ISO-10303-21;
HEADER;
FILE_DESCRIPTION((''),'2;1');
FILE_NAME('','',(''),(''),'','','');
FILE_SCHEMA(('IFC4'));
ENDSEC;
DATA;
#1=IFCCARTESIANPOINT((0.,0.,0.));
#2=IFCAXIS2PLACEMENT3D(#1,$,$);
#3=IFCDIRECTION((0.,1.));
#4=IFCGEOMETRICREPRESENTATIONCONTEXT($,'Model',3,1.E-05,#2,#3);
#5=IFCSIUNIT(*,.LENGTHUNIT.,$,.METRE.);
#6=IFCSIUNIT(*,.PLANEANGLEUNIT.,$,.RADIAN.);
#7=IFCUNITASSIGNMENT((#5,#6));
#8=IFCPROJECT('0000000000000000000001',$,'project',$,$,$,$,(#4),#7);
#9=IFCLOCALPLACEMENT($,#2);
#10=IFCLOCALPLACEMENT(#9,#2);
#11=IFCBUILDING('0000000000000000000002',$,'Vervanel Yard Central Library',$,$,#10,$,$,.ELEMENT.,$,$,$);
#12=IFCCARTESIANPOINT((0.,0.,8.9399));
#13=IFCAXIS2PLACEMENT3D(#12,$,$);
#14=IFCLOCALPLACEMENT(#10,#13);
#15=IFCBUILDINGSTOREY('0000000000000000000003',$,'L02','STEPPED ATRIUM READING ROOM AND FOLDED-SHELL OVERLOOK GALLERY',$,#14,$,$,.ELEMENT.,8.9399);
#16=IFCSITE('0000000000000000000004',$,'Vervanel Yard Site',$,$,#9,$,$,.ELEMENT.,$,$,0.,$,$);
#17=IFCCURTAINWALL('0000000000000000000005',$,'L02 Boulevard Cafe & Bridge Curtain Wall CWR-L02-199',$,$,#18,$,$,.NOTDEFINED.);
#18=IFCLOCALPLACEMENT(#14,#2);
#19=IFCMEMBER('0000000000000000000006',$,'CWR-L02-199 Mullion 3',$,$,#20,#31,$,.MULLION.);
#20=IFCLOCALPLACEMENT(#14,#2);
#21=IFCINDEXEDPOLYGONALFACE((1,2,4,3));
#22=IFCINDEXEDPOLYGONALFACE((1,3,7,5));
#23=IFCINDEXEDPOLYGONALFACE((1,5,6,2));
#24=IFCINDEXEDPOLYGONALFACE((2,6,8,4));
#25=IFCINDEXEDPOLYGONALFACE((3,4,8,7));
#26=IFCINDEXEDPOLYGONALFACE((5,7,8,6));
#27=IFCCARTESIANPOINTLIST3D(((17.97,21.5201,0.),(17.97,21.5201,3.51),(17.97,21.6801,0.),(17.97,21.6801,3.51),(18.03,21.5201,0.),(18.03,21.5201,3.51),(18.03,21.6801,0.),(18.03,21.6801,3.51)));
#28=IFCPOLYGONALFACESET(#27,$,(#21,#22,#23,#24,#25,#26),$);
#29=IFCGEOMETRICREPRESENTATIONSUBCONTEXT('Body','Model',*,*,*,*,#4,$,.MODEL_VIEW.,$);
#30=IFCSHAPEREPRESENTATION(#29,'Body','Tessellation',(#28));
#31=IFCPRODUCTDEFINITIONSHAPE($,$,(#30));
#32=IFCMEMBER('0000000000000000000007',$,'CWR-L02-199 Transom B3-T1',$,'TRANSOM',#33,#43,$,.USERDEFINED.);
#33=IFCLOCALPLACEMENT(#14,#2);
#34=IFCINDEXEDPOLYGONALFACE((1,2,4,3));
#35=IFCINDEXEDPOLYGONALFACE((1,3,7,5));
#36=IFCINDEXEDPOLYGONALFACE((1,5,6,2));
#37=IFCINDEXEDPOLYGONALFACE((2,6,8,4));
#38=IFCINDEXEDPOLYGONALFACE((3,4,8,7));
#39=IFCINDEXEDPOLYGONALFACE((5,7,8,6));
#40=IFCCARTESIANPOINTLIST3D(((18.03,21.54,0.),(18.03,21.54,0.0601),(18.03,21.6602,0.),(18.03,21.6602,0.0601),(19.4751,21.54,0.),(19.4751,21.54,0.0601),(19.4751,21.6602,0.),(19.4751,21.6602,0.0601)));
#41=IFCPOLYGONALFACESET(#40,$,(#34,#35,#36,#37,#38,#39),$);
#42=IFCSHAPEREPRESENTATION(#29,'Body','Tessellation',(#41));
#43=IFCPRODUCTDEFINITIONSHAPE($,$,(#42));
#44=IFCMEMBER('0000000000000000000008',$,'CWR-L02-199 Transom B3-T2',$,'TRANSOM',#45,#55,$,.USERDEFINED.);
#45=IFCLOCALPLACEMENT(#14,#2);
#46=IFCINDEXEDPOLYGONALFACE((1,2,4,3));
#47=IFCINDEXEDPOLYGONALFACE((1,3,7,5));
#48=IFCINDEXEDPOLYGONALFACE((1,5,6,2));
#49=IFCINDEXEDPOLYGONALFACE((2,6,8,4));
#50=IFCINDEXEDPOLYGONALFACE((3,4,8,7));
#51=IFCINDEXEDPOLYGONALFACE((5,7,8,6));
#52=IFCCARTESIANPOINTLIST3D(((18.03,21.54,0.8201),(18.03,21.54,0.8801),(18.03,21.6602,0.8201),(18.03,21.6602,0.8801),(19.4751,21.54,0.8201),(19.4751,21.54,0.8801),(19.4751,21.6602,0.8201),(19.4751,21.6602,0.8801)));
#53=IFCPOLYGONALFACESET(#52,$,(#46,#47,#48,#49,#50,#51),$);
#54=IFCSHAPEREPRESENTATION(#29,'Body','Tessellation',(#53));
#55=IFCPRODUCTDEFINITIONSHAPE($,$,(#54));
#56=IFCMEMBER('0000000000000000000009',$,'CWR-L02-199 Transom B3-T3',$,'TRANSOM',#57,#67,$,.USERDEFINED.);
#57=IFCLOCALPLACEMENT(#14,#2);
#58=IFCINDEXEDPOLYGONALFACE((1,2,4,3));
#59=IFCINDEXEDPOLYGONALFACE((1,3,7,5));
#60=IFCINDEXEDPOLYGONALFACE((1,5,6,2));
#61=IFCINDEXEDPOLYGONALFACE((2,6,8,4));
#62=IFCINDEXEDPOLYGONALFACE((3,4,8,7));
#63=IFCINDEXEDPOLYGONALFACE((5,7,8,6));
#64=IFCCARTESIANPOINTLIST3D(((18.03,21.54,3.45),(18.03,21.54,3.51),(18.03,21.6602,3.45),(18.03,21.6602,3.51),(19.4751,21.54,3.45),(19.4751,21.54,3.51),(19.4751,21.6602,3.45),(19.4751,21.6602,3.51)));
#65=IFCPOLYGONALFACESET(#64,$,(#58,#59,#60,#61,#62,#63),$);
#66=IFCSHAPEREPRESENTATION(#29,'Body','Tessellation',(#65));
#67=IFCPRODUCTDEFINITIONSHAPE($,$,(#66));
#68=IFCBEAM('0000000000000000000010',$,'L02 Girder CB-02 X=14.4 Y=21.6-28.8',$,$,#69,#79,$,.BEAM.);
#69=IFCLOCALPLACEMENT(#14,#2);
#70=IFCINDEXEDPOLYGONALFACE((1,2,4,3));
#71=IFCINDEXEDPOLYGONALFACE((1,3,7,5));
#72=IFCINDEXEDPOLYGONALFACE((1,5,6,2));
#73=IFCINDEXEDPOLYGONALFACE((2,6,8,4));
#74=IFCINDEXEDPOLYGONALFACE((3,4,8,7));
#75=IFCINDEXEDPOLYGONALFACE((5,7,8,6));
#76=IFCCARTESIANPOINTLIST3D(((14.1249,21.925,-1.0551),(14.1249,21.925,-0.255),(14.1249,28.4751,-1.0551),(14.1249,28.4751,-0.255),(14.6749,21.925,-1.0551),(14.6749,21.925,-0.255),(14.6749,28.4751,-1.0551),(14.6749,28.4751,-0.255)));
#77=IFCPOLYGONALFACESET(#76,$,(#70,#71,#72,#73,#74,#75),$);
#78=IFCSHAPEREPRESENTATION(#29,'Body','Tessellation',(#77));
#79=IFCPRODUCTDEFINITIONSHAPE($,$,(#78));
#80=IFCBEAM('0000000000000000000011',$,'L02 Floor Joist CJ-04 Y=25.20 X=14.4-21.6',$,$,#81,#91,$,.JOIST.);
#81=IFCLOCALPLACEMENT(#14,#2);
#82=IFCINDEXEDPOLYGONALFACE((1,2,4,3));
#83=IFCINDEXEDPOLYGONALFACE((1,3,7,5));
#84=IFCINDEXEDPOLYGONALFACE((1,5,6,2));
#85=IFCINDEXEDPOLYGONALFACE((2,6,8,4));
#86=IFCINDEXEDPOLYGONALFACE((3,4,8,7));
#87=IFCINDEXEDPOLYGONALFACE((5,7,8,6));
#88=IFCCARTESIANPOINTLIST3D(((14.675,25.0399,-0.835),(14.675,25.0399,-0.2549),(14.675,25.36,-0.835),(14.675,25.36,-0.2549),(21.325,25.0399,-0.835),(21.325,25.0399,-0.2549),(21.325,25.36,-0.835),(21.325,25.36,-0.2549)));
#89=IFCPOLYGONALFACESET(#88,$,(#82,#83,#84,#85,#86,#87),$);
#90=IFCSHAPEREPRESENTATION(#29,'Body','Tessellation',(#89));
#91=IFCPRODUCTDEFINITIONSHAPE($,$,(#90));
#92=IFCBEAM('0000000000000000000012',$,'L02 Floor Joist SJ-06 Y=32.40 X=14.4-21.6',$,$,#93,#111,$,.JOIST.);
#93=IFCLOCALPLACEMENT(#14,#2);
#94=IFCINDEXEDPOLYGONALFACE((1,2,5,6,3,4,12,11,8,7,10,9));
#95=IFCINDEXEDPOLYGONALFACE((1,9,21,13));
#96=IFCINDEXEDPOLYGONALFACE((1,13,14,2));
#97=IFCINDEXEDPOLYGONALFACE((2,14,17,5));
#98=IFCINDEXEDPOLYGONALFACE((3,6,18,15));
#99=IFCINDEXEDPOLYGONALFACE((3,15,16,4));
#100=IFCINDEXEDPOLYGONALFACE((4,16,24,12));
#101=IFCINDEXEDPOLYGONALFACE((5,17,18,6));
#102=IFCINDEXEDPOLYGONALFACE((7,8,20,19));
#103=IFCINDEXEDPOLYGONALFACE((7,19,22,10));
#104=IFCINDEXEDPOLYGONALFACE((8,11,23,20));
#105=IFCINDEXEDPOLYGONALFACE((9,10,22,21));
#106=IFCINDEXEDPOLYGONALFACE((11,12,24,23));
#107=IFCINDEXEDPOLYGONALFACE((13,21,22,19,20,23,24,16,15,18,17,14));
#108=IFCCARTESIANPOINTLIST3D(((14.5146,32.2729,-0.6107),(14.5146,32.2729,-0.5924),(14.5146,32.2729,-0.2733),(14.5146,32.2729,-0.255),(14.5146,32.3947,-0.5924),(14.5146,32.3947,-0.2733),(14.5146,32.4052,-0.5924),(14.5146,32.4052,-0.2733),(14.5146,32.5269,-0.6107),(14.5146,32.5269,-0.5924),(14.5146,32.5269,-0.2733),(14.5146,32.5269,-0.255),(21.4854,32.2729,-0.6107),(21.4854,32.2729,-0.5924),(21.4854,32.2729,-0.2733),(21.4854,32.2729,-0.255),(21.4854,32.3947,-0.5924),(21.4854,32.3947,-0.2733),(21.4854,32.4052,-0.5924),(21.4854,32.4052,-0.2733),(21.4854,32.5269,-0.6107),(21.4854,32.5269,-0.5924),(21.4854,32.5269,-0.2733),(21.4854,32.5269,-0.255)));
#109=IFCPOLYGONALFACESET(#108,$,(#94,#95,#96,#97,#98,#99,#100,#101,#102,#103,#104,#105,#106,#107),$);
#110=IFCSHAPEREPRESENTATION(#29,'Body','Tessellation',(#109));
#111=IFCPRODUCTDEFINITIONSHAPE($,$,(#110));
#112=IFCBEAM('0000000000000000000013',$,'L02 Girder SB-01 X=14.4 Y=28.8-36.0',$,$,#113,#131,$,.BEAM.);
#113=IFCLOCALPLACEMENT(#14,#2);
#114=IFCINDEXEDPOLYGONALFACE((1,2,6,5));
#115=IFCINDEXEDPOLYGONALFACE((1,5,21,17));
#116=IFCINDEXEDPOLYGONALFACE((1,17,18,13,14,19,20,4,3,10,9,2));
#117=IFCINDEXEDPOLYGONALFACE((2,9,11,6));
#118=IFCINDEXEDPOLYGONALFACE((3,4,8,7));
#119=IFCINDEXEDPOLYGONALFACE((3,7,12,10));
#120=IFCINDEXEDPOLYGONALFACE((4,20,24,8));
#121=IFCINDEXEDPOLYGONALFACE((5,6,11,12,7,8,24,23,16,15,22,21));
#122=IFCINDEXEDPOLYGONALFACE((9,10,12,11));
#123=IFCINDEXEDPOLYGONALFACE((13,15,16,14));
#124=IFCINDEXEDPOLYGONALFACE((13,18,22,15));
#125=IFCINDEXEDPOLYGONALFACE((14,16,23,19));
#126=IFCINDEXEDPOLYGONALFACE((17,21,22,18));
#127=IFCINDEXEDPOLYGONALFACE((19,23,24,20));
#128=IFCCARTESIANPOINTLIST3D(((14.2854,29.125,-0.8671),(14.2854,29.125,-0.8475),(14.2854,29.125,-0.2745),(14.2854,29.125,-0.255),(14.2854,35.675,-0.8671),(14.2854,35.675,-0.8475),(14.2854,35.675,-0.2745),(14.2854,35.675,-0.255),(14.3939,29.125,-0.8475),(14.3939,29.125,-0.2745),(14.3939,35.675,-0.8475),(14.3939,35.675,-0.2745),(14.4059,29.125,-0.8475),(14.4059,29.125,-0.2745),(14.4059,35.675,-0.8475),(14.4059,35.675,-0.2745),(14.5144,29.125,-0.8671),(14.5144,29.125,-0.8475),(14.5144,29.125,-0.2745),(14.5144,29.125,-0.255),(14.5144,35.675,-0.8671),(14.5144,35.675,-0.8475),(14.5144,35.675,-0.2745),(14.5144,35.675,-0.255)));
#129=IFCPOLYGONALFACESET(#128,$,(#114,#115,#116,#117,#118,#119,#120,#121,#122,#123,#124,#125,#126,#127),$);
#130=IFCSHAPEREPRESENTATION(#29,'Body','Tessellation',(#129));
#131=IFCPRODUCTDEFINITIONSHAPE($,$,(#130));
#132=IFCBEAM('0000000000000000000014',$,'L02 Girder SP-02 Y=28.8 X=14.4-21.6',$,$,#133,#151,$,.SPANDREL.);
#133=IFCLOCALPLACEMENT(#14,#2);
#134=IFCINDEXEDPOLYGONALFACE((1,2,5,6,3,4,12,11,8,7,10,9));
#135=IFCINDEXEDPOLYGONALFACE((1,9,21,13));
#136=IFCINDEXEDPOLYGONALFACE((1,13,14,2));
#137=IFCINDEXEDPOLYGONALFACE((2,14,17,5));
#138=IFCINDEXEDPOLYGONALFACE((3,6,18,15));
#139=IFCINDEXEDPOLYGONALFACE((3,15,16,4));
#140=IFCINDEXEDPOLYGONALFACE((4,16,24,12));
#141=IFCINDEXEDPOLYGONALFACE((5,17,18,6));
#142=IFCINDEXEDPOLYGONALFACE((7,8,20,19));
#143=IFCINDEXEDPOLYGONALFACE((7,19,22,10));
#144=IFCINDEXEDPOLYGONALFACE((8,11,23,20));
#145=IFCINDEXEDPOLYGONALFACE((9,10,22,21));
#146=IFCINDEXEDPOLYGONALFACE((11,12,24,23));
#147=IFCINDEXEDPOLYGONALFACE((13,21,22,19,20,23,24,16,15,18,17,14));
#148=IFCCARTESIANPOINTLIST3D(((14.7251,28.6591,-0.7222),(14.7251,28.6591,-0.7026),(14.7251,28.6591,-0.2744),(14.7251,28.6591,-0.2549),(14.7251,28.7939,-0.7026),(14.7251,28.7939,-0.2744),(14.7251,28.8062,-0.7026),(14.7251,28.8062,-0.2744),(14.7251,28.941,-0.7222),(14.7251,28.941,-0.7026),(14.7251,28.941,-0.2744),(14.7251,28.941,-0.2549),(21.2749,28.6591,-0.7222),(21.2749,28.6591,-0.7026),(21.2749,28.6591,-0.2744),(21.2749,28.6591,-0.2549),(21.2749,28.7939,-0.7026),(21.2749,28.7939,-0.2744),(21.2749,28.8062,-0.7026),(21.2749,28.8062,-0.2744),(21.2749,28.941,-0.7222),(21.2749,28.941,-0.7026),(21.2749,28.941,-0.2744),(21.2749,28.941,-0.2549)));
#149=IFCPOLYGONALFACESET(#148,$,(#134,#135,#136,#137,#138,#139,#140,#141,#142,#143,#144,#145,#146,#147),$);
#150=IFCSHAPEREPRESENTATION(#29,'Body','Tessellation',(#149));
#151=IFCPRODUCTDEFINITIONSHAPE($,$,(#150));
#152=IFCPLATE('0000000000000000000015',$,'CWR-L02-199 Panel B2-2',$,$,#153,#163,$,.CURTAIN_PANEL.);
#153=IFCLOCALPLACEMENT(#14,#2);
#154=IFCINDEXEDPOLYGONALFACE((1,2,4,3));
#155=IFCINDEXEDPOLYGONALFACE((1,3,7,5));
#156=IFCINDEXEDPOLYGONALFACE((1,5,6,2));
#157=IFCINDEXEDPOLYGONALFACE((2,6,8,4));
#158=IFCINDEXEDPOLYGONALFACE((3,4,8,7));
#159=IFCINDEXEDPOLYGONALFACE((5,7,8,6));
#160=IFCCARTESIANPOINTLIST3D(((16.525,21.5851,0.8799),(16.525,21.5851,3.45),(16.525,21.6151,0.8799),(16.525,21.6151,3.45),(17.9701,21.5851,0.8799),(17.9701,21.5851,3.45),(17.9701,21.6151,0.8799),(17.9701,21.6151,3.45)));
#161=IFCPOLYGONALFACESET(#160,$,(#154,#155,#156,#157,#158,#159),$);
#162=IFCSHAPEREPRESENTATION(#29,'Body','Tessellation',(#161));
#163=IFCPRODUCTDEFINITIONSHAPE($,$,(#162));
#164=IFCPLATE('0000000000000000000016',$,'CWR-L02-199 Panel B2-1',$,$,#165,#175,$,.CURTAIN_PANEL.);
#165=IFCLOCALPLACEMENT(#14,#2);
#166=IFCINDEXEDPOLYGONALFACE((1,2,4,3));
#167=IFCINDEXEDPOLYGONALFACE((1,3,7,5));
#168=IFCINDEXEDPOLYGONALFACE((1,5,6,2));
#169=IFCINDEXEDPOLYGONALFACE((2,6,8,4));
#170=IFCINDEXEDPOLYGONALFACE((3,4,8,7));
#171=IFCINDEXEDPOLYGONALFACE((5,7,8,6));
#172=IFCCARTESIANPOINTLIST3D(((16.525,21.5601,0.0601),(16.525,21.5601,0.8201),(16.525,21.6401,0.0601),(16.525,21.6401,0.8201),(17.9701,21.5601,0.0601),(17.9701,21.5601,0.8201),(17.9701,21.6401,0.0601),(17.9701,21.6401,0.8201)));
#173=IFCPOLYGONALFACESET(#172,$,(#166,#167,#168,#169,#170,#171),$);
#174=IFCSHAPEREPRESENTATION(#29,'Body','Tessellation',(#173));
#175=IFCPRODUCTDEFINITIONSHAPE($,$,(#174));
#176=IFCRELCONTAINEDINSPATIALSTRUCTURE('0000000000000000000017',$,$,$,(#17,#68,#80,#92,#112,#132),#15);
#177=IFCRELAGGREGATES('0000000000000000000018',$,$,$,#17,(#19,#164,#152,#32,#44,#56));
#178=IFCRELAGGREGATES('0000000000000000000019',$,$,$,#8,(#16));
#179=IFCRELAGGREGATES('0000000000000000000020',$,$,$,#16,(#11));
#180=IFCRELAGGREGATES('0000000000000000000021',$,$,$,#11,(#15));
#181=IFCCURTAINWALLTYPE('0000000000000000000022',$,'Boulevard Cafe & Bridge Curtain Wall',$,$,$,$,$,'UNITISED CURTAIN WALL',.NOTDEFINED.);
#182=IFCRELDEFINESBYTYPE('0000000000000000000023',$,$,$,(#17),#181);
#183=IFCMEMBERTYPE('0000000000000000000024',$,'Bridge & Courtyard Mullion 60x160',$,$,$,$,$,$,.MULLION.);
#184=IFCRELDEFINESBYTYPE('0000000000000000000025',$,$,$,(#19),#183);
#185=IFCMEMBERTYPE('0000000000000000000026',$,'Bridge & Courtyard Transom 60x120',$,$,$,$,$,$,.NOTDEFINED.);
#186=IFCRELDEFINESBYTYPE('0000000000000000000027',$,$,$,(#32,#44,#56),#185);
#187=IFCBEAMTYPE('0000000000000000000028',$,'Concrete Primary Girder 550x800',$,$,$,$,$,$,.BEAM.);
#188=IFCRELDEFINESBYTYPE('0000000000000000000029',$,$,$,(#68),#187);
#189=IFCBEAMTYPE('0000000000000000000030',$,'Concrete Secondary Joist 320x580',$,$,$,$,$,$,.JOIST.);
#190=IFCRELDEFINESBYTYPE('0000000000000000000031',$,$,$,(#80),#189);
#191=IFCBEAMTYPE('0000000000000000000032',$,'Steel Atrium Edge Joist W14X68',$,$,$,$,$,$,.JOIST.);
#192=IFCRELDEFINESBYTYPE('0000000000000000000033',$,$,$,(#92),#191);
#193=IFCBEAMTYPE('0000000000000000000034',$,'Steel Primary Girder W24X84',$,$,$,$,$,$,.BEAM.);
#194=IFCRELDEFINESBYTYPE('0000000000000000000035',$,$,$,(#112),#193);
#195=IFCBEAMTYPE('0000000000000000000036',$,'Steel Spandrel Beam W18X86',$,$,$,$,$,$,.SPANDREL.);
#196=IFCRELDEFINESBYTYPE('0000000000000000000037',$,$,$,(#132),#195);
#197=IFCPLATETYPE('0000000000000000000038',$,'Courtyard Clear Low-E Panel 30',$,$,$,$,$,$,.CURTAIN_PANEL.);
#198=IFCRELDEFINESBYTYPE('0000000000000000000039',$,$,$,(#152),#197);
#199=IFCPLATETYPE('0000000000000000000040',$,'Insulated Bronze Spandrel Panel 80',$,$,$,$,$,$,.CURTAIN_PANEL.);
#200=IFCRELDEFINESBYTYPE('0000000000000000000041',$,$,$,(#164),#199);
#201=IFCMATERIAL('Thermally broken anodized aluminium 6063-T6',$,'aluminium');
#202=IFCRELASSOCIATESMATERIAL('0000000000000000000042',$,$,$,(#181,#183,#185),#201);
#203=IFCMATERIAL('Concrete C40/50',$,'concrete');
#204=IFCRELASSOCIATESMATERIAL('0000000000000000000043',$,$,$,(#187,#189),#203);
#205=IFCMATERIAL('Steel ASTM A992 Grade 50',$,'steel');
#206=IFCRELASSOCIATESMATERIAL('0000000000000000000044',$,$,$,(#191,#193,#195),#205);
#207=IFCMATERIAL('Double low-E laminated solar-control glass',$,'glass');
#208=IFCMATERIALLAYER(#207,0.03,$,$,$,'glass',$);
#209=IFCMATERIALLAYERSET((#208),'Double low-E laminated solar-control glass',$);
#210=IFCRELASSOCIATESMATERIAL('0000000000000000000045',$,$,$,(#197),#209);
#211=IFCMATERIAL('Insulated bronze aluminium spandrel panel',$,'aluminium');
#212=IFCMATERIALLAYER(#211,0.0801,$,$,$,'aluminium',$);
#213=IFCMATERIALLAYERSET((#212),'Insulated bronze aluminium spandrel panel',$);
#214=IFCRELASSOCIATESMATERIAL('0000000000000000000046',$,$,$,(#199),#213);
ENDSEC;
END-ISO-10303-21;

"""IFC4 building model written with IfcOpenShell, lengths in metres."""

from ifc_helpers import new_model, si_unit, direction, frame, origin, origin_2d, place, context, subcontext, project, spatial, rectangle, i_section, extrude, material, layer, layer_set, material_profile, profile_set, type_object, element, aggregate, save


model = new_model("IFC4")

# Units and contexts
model_context = context("Model", 3, precision=1e-05, world=origin(), true_north=direction((0.0, 1.0)))
body_context = subcontext(model_context, "Body", "Model", "MODEL_VIEW")
ifc_project = project(units=[si_unit("LENGTHUNIT", "METRE"), si_unit("PLANEANGLEUNIT", "RADIAN")], contexts=[model_context])

# Site, building, storey
site_placement = place(None, origin())
site = spatial("IfcSite", under=ifc_project, at=site_placement, Name="Vervanel Yard Site", CompositionType="ELEMENT", RefElevation=0.0)
building_placement = place(site_placement, origin())
building = spatial("IfcBuilding", under=site, at=building_placement, Name="Vervanel Yard Central Library", CompositionType="ELEMENT")
storey_placement = place(building_placement, frame((0.0, 0.0, 8.9399)))
storey = spatial("IfcBuildingStorey", under=building, at=storey_placement, Name="L02", Description="STEPPED ATRIUM READING ROOM AND FOLDED-SHELL OVERLOOK GALLERY", CompositionType="ELEMENT", Elevation=8.9399)

# Curtain wall, members
ifc_material_1 = material(Name="Thermally broken anodized aluminium 6063-T6", Category="aluminium")
curtain_wall_type = type_object("IfcCurtainWallType", Name="Boulevard Cafe & Bridge Curtain Wall", ElementType="UNITISED CURTAIN WALL", PredefinedType="NOTDEFINED", material=ifc_material_1)
curtain_wall_placement = place(storey_placement, origin())
curtain_wall = element("IfcCurtainWall", 1, at=curtain_wall_placement, inside=storey, type_object=curtain_wall_type, Name="L02 Boulevard Cafe & Bridge Curtain Wall CWR-L02-199", PredefinedType="NOTDEFINED")
ifc_material_profile_1 = material_profile(ifc_material_1, rectangle(XDim=0.0601, YDim=0.1599, at=origin_2d()), Name="ALU 60x160", Category="aluminium")
ifc_profile_set_1 = profile_set([ifc_material_profile_1], Name="Thermally broken anodized aluminium 6063-T6")
member_type_1 = type_object("IfcMemberType", Name="Bridge & Courtyard Mullion 60x160", PredefinedType="MULLION", material=ifc_profile_set_1)
member_1_placement = place(storey_placement, frame((18.0, 21.6001, 0.0), z_axis=(0.0, 0.0, 1.0), x_axis=(1.0, 0.0, 0.0)))
member_1 = element("IfcMember", 2, at=member_1_placement, type_object=member_type_1, Name="CWR-L02-199 Mullion 3", PredefinedType="MULLION", context=body_context, shape_type="SweptSolid", body=[
    extrude(rectangle(XDim=0.0601, YDim=0.1599, at=origin_2d()), origin(), (0.0, 0.0, 1.0), 3.51),
])
ifc_material_profile_2 = material_profile(ifc_material_1, rectangle(XDim=0.0601, YDim=0.1201, at=origin_2d()), Name="ALU 60x120", Category="aluminium")
ifc_profile_set_2 = profile_set([ifc_material_profile_2], Name="Thermally broken anodized aluminium 6063-T6")
member_type_2 = type_object("IfcMemberType", Name="Bridge & Courtyard Transom 60x120", PredefinedType="NOTDEFINED", material=ifc_profile_set_2)
member_2_placement = place(storey_placement, frame((18.03, 21.6001, 0.03), z_axis=(1.0, 0.0, 0.0), x_axis=(0.0, 0.0, 1.0)))
member_2 = element("IfcMember", 3, at=member_2_placement, type_object=member_type_2, Name="CWR-L02-199 Transom B3-T1", ObjectType="TRANSOM", PredefinedType="USERDEFINED", context=body_context, shape_type="SweptSolid", body=[
    extrude(rectangle(XDim=0.0601, YDim=0.1201, at=origin_2d()), origin(), (0.0, 0.0, 1.0), 1.4451),
])
member_3_placement = place(storey_placement, frame((18.03, 21.6001, 0.8501), z_axis=(1.0, 0.0, 0.0), x_axis=(0.0, 0.0, 1.0)))
member_3 = element("IfcMember", 4, at=member_3_placement, type_object=member_type_2, Name="CWR-L02-199 Transom B3-T2", ObjectType="TRANSOM", PredefinedType="USERDEFINED", context=body_context, shape_type="SweptSolid", body=[
    extrude(rectangle(XDim=0.0601, YDim=0.1201, at=origin_2d()), origin(), (0.0, 0.0, 1.0), 1.4451),
])
member_4_placement = place(storey_placement, frame((18.03, 21.6001, 3.48), z_axis=(1.0, 0.0, 0.0), x_axis=(0.0, 0.0, 1.0)))
member_4 = element("IfcMember", 5, at=member_4_placement, type_object=member_type_2, Name="CWR-L02-199 Transom B3-T3", ObjectType="TRANSOM", PredefinedType="USERDEFINED", context=body_context, shape_type="SweptSolid", body=[
    extrude(rectangle(XDim=0.0601, YDim=0.1201, at=origin_2d()), origin(), (0.0, 0.0, 1.0), 1.4451),
])

# Beams
ifc_material_2 = material(Name="Concrete C40/50", Category="concrete")
ifc_material_profile_3 = material_profile(ifc_material_2, rectangle(XDim=0.55, YDim=0.8, at=origin_2d()), Name="RC 550x800", Category="concrete")
ifc_profile_set_3 = profile_set([ifc_material_profile_3], Name="Concrete C40/50")
beam_type_1 = type_object("IfcBeamType", Name="Concrete Primary Girder 550x800", PredefinedType="BEAM", material=ifc_profile_set_3)
beam_1_placement = place(storey_placement, frame((14.3999, 21.925, -0.655), z_axis=(0.0, 1.0, 0.0), x_axis=(-1.0, 0.0, 0.0)))
element("IfcBeam", 6, at=beam_1_placement, inside=storey, type_object=beam_type_1, Name="L02 Girder CB-02 X=14.4 Y=21.6-28.8", PredefinedType="BEAM", context=body_context, shape_type="SweptSolid", body=[
    extrude(rectangle(XDim=0.55, YDim=0.8, at=origin_2d()), origin(), (0.0, 0.0, 1.0), 6.55),
])
ifc_material_profile_4 = material_profile(ifc_material_2, rectangle(XDim=0.3201, YDim=0.5801, at=origin_2d()), Name="RC 320x580", Category="concrete")
ifc_profile_set_4 = profile_set([ifc_material_profile_4], Name="Concrete C40/50")
beam_type_2 = type_object("IfcBeamType", Name="Concrete Secondary Joist 320x580", PredefinedType="JOIST", material=ifc_profile_set_4)
beam_2_placement = place(storey_placement, frame((14.675, 25.2, -0.5449), z_axis=(1.0, 0.0, 0.0), x_axis=(0.0, 1.0, 0.0)))
element("IfcBeam", 7, at=beam_2_placement, inside=storey, type_object=beam_type_2, Name="L02 Floor Joist CJ-04 Y=25.20 X=14.4-21.6", PredefinedType="JOIST", context=body_context, shape_type="SweptSolid", body=[
    extrude(rectangle(XDim=0.3201, YDim=0.5801, at=origin_2d()), origin(), (0.0, 0.0, 1.0), 6.6499),
])
ifc_material_3 = material(Name="Steel ASTM A992 Grade 50", Category="steel")
ifc_material_profile_5 = material_profile(ifc_material_3, i_section(OverallWidth=0.2539, OverallDepth=0.3557, WebThickness=0.0105, FlangeThickness=0.0183, at=origin_2d()), Name="W14X68", Category="steel")
ifc_profile_set_5 = profile_set([ifc_material_profile_5], Name="Steel ASTM A992 Grade 50")
beam_type_3 = type_object("IfcBeamType", Name="Steel Atrium Edge Joist W14X68", PredefinedType="JOIST", material=ifc_profile_set_5)
beam_3_placement = place(storey_placement, frame((14.5146, 32.3999, -0.4329), z_axis=(1.0, 0.0, 0.0), x_axis=(0.0, 1.0, 0.0)))
element("IfcBeam", 8, at=beam_3_placement, inside=storey, type_object=beam_type_3, Name="L02 Floor Joist SJ-06 Y=32.40 X=14.4-21.6", PredefinedType="JOIST", context=body_context, shape_type="SweptSolid", body=[
    extrude(i_section(OverallWidth=0.2539, OverallDepth=0.3557, WebThickness=0.0105, FlangeThickness=0.0183, at=origin_2d()), origin(), (0.0, 0.0, 1.0), 6.9707),
])
ifc_material_profile_6 = material_profile(ifc_material_3, i_section(OverallWidth=0.229, OverallDepth=0.6121, WebThickness=0.012, FlangeThickness=0.0195, at=origin_2d()), Name="W24X84", Category="steel")
ifc_profile_set_6 = profile_set([ifc_material_profile_6], Name="Steel ASTM A992 Grade 50")
beam_type_4 = type_object("IfcBeamType", Name="Steel Primary Girder W24X84", PredefinedType="BEAM", material=ifc_profile_set_6)
beam_4_placement = place(storey_placement, frame((14.3999, 29.125, -0.561), z_axis=(0.0, 1.0, 0.0), x_axis=(-1.0, 0.0, 0.0)))
element("IfcBeam", 9, at=beam_4_placement, inside=storey, type_object=beam_type_4, Name="L02 Girder SB-01 X=14.4 Y=28.8-36.0", PredefinedType="BEAM", context=body_context, shape_type="SweptSolid", body=[
    extrude(i_section(OverallWidth=0.229, OverallDepth=0.6121, WebThickness=0.012, FlangeThickness=0.0195, at=origin_2d()), origin(), (0.0, 0.0, 1.0), 6.55),
])
ifc_material_profile_7 = material_profile(ifc_material_3, i_section(OverallWidth=0.282, OverallDepth=0.4673, WebThickness=0.0122, FlangeThickness=0.0195, at=origin_2d()), Name="W18X86", Category="steel")
ifc_profile_set_7 = profile_set([ifc_material_profile_7], Name="Steel ASTM A992 Grade 50")
beam_type_5 = type_object("IfcBeamType", Name="Steel Spandrel Beam W18X86", PredefinedType="SPANDREL", material=ifc_profile_set_7)
beam_5_placement = place(storey_placement, frame((14.7251, 28.8, -0.4885), z_axis=(1.0, 0.0, 0.0), x_axis=(0.0, 1.0, 0.0)))
element("IfcBeam", 10, at=beam_5_placement, inside=storey, type_object=beam_type_5, Name="L02 Girder SP-02 Y=28.8 X=14.4-21.6", PredefinedType="SPANDREL", context=body_context, shape_type="SweptSolid", body=[
    extrude(i_section(OverallWidth=0.282, OverallDepth=0.4673, WebThickness=0.0122, FlangeThickness=0.0195, at=origin_2d()), origin(), (0.0, 0.0, 1.0), 6.5498),
])

# Plates
ifc_material_4 = material(Name="Double low-E laminated solar-control glass", Category="glass")
ifc_layer_1 = layer(ifc_material_4, 0.03, Category="glass")
ifc_layer_set_1 = layer_set([ifc_layer_1], Name="Double low-E laminated solar-control glass")
plate_type_1 = type_object("IfcPlateType", Name="Courtyard Clear Low-E Panel 30", PredefinedType="CURTAIN_PANEL", material=ifc_layer_set_1)
plate_1_placement = place(storey_placement, frame((17.2476, 21.6001, 0.8799), z_axis=(0.0, 0.0, 1.0), x_axis=(1.0, 0.0, 0.0)))
plate_1 = element("IfcPlate", 11, at=plate_1_placement, type_object=plate_type_1, Name="CWR-L02-199 Panel B2-2", PredefinedType="CURTAIN_PANEL", context=body_context, shape_type="SweptSolid", body=[
    extrude(rectangle(XDim=1.4451, YDim=0.03, at=origin_2d()), origin(), (0.0, 0.0, 1.0), 2.5701),
])
ifc_material_5 = material(Name="Insulated bronze aluminium spandrel panel", Category="aluminium")
ifc_layer_2 = layer(ifc_material_5, 0.0801, Category="aluminium")
ifc_layer_set_2 = layer_set([ifc_layer_2], Name="Insulated bronze aluminium spandrel panel")
plate_type_2 = type_object("IfcPlateType", Name="Insulated Bronze Spandrel Panel 80", PredefinedType="CURTAIN_PANEL", material=ifc_layer_set_2)
plate_2_placement = place(storey_placement, frame((17.2476, 21.6001, 0.0601), z_axis=(0.0, 0.0, 1.0), x_axis=(1.0, 0.0, 0.0)))
plate_2 = element("IfcPlate", 12, at=plate_2_placement, type_object=plate_type_2, Name="CWR-L02-199 Panel B2-1", PredefinedType="CURTAIN_PANEL", context=body_context, shape_type="SweptSolid", body=[
    extrude(rectangle(XDim=1.4451, YDim=0.0801, at=origin_2d()), origin(), (0.0, 0.0, 1.0), 0.76),
])
aggregate(curtain_wall, [member_1, plate_2, plate_1, member_2, member_3, member_4])

save(model, "model.ifc")
